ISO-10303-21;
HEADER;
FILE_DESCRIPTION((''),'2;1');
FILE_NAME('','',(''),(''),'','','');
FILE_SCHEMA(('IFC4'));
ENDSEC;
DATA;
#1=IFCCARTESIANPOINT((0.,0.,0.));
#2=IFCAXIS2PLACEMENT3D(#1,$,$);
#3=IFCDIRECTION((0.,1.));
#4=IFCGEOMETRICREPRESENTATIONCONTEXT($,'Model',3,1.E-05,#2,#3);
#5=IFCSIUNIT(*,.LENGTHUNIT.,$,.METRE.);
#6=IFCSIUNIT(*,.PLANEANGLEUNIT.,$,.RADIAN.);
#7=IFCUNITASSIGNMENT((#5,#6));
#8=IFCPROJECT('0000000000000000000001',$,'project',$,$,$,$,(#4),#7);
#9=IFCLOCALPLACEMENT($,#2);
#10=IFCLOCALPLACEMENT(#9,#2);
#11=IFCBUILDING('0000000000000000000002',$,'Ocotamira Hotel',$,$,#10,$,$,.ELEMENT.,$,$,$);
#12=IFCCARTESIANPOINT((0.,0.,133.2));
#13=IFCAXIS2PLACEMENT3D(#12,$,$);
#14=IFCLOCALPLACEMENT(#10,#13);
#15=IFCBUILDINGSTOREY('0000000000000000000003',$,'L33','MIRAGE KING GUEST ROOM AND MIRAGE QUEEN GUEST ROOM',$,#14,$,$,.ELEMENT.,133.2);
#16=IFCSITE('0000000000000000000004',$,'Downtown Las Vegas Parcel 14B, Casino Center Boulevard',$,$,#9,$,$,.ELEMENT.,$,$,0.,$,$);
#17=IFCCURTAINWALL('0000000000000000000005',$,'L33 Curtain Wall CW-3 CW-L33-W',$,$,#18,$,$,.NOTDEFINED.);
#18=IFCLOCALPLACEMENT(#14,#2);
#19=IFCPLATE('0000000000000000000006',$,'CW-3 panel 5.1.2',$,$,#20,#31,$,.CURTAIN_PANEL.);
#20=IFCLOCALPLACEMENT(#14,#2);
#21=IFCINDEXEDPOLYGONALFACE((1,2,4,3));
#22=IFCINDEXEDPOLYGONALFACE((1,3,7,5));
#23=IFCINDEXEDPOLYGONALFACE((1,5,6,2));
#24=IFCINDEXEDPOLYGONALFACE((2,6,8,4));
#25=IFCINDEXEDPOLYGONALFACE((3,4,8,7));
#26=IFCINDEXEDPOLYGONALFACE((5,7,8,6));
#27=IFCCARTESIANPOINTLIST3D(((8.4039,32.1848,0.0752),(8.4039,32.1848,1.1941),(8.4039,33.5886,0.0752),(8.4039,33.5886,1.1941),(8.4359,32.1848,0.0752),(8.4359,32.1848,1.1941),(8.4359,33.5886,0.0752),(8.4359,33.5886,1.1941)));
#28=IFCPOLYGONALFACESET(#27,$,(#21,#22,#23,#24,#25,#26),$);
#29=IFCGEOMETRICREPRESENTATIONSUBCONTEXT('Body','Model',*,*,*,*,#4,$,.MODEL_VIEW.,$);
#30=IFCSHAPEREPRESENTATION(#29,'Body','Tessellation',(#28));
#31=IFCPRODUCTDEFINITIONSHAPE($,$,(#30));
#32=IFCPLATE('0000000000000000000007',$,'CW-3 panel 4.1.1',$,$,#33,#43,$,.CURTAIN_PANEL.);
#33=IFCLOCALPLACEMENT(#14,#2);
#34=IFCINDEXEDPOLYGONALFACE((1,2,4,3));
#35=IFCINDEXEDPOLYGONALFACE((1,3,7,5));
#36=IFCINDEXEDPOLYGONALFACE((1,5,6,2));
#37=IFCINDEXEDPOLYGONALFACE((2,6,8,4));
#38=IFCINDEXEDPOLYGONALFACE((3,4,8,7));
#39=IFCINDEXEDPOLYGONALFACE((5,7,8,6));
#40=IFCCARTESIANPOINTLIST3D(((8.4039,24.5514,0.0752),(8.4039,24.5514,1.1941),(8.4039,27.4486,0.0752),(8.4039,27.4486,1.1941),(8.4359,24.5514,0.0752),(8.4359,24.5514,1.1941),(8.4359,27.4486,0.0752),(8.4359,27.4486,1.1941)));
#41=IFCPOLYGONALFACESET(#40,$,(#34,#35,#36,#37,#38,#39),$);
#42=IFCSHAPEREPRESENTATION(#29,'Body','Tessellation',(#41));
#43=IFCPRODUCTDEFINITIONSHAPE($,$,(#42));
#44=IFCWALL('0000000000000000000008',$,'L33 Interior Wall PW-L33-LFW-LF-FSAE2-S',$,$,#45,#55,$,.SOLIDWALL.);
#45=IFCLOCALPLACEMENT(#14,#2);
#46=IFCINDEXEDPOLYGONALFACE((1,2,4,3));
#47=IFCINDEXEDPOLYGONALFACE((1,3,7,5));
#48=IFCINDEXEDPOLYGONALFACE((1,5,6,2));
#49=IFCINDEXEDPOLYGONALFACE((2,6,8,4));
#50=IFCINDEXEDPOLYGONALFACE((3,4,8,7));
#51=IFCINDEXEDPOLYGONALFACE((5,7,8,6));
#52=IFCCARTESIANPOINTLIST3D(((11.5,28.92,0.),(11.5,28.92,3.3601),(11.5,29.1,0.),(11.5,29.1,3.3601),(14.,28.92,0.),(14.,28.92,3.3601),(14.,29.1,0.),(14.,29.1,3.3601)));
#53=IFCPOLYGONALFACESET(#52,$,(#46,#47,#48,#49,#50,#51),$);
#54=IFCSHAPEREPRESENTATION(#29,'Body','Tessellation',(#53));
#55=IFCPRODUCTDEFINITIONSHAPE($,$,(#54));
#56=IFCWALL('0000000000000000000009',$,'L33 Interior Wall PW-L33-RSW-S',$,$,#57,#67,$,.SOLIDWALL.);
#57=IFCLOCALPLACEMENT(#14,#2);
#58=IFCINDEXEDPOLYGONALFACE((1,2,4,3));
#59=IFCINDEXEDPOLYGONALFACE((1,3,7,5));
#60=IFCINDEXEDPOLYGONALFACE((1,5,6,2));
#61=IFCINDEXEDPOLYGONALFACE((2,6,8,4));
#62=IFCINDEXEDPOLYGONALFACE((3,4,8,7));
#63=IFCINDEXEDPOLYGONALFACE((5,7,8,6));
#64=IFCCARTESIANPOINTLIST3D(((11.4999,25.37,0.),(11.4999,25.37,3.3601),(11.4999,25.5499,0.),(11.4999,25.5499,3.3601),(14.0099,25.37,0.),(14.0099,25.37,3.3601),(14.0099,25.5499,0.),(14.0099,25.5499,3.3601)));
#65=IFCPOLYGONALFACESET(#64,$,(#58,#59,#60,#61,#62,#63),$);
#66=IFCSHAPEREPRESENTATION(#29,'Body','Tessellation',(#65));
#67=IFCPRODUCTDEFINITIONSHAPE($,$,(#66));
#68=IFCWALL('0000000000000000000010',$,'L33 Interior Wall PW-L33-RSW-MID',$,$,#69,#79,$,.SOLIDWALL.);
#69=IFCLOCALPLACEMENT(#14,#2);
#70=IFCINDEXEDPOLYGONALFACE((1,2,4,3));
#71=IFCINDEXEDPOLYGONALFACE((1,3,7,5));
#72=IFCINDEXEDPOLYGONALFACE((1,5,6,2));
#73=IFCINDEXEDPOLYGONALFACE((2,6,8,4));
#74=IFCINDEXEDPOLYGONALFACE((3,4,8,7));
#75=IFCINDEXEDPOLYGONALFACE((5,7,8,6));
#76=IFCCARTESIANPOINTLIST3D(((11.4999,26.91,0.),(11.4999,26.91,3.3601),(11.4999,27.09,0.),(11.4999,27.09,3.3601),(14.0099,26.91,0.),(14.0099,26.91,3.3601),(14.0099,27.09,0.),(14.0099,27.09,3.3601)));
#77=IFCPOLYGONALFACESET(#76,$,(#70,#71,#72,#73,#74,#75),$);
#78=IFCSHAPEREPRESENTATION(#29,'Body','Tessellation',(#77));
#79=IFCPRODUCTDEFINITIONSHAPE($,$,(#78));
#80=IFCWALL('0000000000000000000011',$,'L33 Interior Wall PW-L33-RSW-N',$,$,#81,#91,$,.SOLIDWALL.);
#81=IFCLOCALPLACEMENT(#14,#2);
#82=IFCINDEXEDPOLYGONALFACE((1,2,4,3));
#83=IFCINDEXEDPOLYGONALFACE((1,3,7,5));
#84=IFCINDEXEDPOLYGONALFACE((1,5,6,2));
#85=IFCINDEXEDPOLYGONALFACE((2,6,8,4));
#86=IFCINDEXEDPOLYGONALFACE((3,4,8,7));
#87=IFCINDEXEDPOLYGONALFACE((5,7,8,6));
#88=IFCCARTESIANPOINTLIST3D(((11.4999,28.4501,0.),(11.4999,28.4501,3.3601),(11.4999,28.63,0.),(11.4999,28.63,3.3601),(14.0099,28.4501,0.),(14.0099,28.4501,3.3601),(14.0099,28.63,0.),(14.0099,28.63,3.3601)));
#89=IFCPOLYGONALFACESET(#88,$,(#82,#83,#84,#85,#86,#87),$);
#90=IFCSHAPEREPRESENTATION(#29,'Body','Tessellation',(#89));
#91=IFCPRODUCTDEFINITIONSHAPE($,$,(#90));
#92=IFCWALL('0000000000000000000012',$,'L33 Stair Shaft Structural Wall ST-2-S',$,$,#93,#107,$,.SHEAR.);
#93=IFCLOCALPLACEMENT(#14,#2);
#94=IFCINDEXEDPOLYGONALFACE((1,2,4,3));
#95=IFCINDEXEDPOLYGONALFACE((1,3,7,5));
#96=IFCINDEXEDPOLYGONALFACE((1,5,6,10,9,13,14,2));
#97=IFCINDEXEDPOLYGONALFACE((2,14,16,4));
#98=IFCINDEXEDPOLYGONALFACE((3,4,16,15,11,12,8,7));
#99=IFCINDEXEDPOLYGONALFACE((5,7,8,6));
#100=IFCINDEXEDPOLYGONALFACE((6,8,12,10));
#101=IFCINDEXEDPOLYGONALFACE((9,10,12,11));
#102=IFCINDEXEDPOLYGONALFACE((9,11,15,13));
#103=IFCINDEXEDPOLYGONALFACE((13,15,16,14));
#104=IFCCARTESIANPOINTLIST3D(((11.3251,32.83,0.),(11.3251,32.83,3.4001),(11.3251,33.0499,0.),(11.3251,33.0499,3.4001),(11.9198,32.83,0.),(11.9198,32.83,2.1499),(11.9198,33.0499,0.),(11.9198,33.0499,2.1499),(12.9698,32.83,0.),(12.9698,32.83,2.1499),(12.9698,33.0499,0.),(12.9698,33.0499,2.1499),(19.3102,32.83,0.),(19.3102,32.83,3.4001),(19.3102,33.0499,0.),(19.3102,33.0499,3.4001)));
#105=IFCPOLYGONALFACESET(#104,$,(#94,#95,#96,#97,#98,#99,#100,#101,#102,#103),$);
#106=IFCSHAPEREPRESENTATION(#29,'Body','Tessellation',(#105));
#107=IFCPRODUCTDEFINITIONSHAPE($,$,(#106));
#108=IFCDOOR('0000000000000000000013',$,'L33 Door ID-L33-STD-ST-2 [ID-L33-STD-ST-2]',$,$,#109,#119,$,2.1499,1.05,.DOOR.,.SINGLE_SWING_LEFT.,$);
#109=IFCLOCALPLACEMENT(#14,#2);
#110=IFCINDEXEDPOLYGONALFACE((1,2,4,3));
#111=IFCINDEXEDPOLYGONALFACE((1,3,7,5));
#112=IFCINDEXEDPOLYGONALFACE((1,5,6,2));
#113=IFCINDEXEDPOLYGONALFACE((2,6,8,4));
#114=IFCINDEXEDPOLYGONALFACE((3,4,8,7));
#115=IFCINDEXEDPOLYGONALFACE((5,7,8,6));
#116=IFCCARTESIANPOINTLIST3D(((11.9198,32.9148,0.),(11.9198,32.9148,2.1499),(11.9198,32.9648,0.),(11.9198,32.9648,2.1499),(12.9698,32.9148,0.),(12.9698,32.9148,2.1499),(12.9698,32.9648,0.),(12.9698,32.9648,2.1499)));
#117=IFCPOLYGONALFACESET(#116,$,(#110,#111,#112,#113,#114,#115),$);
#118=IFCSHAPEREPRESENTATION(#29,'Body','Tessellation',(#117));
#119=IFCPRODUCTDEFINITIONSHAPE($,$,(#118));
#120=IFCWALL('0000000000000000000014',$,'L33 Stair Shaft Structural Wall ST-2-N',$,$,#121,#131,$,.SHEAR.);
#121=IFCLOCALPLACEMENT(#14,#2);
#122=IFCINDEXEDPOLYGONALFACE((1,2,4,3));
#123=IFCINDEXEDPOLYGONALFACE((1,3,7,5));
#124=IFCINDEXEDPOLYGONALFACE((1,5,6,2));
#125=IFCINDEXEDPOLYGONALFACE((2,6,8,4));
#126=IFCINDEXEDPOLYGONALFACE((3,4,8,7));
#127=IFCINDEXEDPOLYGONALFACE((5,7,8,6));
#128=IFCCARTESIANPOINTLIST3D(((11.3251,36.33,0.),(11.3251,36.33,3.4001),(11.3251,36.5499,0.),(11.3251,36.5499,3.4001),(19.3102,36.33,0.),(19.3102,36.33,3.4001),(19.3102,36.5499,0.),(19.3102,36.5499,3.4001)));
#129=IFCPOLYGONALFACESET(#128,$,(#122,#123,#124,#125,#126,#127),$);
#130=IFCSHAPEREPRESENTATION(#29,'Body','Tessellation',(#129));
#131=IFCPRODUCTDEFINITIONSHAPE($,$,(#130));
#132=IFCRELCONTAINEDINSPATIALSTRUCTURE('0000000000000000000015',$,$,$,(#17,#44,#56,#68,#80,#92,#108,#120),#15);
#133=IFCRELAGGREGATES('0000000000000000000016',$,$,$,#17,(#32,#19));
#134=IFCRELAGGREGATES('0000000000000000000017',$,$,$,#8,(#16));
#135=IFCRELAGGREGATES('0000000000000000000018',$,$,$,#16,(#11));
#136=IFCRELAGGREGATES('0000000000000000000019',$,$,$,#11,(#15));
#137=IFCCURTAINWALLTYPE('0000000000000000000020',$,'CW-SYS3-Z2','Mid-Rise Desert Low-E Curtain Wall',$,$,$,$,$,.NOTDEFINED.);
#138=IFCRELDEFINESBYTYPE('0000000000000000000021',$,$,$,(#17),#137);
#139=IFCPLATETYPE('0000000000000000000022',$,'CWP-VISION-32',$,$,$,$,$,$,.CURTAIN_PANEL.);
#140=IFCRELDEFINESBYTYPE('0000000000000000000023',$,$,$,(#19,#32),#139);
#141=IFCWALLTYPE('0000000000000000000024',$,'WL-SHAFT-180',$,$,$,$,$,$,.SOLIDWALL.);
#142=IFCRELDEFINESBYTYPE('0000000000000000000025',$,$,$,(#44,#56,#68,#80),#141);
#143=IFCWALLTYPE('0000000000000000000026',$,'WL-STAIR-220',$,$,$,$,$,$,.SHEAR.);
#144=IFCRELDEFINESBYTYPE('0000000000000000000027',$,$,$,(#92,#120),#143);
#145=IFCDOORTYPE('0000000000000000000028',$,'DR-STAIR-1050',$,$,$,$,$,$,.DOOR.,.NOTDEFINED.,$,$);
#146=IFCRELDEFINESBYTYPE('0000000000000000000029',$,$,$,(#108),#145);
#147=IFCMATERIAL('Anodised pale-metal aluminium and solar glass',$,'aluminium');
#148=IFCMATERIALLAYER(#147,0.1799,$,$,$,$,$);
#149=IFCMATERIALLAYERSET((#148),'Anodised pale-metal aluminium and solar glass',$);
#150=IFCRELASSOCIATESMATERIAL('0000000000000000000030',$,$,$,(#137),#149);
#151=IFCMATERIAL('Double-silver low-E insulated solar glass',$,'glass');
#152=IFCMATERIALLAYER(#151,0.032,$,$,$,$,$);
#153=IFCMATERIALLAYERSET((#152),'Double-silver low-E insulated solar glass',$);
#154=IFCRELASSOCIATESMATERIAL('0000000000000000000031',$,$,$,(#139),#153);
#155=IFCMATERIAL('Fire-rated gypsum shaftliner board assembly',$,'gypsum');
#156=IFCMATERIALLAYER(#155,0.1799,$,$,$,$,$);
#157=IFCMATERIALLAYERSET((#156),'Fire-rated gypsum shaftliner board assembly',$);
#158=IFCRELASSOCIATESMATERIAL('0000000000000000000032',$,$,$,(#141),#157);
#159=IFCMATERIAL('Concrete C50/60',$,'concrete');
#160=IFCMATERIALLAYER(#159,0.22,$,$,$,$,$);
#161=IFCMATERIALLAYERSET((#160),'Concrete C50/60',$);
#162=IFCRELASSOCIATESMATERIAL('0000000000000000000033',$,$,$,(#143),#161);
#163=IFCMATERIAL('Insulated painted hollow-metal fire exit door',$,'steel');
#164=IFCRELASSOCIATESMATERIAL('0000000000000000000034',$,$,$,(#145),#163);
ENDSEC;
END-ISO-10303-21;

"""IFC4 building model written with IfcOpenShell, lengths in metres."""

from ifc_helpers import new_model, si_unit, direction, frame, frame_2d, origin, origin_2d, place, context, subcontext, project, spatial, rectangle, extrude, source, transform, mapped, material, layer, layer_set, type_object, element, fill, aggregate, save


model = new_model("IFC4")

# Units and contexts
model_context = context("Model", 3, precision=1e-05, world=origin(), true_north=direction((0.0, 1.0)))
body_context = subcontext(model_context, "Body", "Model", "MODEL_VIEW")
ifc_project = project(units=[si_unit("LENGTHUNIT", "METRE"), si_unit("PLANEANGLEUNIT", "RADIAN")], contexts=[model_context])

# Site, building, storey
site_placement = place(None, origin())
site = spatial("IfcSite", under=ifc_project, at=site_placement, Name="Downtown Las Vegas Parcel 14B, Casino Center Boulevard", CompositionType="ELEMENT", RefElevation=0.0)
building_placement = place(site_placement, origin())
building = spatial("IfcBuilding", under=site, at=building_placement, Name="Ocotamira Hotel", CompositionType="ELEMENT")
storey_placement = place(building_placement, frame((0.0, 0.0, 133.2)))
storey = spatial("IfcBuildingStorey", under=building, at=storey_placement, Name="L33", Description="MIRAGE KING GUEST ROOM AND MIRAGE QUEEN GUEST ROOM", CompositionType="ELEMENT", Elevation=133.2)

# Curtain wall
ifc_material_1 = material(Name="Anodised pale-metal aluminium and solar glass", Category="aluminium")
ifc_layer_1 = layer(ifc_material_1, 0.1799)
ifc_layer_set_1 = layer_set([ifc_layer_1], Name="Anodised pale-metal aluminium and solar glass")
curtain_wall_type = type_object("IfcCurtainWallType", Name="CW-SYS3-Z2", Description="Mid-Rise Desert Low-E Curtain Wall", PredefinedType="NOTDEFINED", material=ifc_layer_set_1)
curtain_wall_placement = place(storey_placement, origin())
curtain_wall = element("IfcCurtainWall", 1, at=curtain_wall_placement, inside=storey, type_object=curtain_wall_type, Name="L33 Curtain Wall CW-3 CW-L33-W", PredefinedType="NOTDEFINED")

# Plates
ifc_material_2 = material(Name="Double-silver low-E insulated solar glass", Category="glass")
ifc_layer_2 = layer(ifc_material_2, 0.032)
ifc_layer_set_2 = layer_set([ifc_layer_2], Name="Double-silver low-E insulated solar glass")
plate_type_1 = type_object("IfcPlateType", Name="CWP-VISION-32", PredefinedType="CURTAIN_PANEL", material=ifc_layer_set_2)
shared_shape_1 = source(origin(), body_context, "Body", "SweptSolid", [
    extrude(rectangle(XDim=1.4038, YDim=0.032, at=origin_2d()), origin(), (0.0, 0.0, 1.0), 1.1189),
])
plate_1_placement = place(storey_placement, frame((8.4199, 32.8867, 0.0752), z_axis=(0.0, 0.0, 1.0), x_axis=(0.0, 1.0, 0.0)))
plate_1 = element("IfcPlate", 2, at=plate_1_placement, type_object=plate_type_1, Name="CW-3 panel 5.1.2", PredefinedType="CURTAIN_PANEL", context=body_context, shape_type="MappedRepresentation", body=[
    mapped(shared_shape_1, transform((0.0, 0.0, 0.0), scale=1.0)),
])
shared_shape_2 = source(origin(), body_context, "Body", "SweptSolid", [
    extrude(rectangle(XDim=2.8972, YDim=0.032, at=origin_2d()), origin(), (0.0, 0.0, 1.0), 1.1189),
])
plate_2_placement = place(storey_placement, frame((8.4199, 26.0, 0.0752), z_axis=(0.0, 0.0, 1.0), x_axis=(0.0, 1.0, 0.0)))
plate_2 = element("IfcPlate", 3, at=plate_2_placement, type_object=plate_type_1, Name="CW-3 panel 4.1.1", PredefinedType="CURTAIN_PANEL", context=body_context, shape_type="MappedRepresentation", body=[
    mapped(shared_shape_2, transform((0.0, 0.0, 0.0), scale=1.0)),
])
aggregate(curtain_wall, [plate_2, plate_1])

# Walls
ifc_material_3 = material(Name="Fire-rated gypsum shaftliner board assembly", Category="gypsum")
ifc_layer_3 = layer(ifc_material_3, 0.1799)
ifc_layer_set_3 = layer_set([ifc_layer_3], Name="Fire-rated gypsum shaftliner board assembly")
wall_type_1 = type_object("IfcWallType", Name="WL-SHAFT-180", PredefinedType="SOLIDWALL", material=ifc_layer_set_3)
wall_1_placement = place(storey_placement, frame((11.5, 29.01, 0.0), z_axis=(0.0, 0.0, 1.0), x_axis=(1.0, 0.0, 0.0)))
element("IfcWall", 4, at=wall_1_placement, inside=storey, type_object=wall_type_1, Name="L33 Interior Wall PW-L33-LFW-LF-FSAE2-S", PredefinedType="SOLIDWALL", context=body_context, shape_type="SweptSolid", body=[
    extrude(rectangle(XDim=2.5, YDim=0.1799, at=frame_2d((1.25, 0.0))), origin(), (0.0, 0.0, 1.0), 3.3601),
])
for number, where, z_axis, x_axis, name in (
    (5, (11.5, 25.46, 0.0), (0.0, 0.0, 1.0), (1.0, 0.0, 0.0), "L33 Interior Wall PW-L33-RSW-S"),
    (6, (11.5, 27.0, 0.0), (0.0, 0.0, 1.0), (1.0, 0.0, 0.0), "L33 Interior Wall PW-L33-RSW-MID"),
    (7, (11.5, 28.54, 0.0), (0.0, 0.0, 1.0), (1.0, 0.0, 0.0), "L33 Interior Wall PW-L33-RSW-N"),
):
    element("IfcWall", number, at=place(storey_placement, frame(where, z_axis=z_axis, x_axis=x_axis)), inside=storey, type_object=wall_type_1, Name=name, PredefinedType="SOLIDWALL", context=body_context, shape_type="SweptSolid", body=[
        extrude(rectangle(XDim=2.51, YDim=0.1799, at=frame_2d((1.2549, 0.0))), origin(), (0.0, 0.0, 1.0), 3.3601),
    ])

# Wall, opening, door
ifc_material_4 = material(Name="Concrete C50/60", Category="concrete")
ifc_layer_4 = layer(ifc_material_4, 0.22)
ifc_layer_set_4 = layer_set([ifc_layer_4], Name="Concrete C50/60")
wall_type_2 = type_object("IfcWallType", Name="WL-STAIR-220", PredefinedType="SHEAR", material=ifc_layer_set_4)
wall_2_placement = place(storey_placement, frame((11.325, 32.9399, 0.0), z_axis=(0.0, 0.0, 1.0), x_axis=(1.0, 0.0, 0.0)))
wall_2 = element("IfcWall", 8, at=wall_2_placement, inside=storey, type_object=wall_type_2, Name="L33 Stair Shaft Structural Wall ST-2-S", PredefinedType="SHEAR", context=body_context, shape_type="SweptSolid", body=[
    extrude(rectangle(XDim=7.9851, YDim=0.22, at=frame_2d((3.9927, 0.0))), origin(), (0.0, 0.0, 1.0), 3.4001),
])
opening_1_placement = place(wall_2_placement, frame((0.595, 0.0, 0.0)))
opening_1 = element("IfcOpeningElement", 9, at=opening_1_placement, cuts=wall_2, PredefinedType="OPENING", context=body_context, shape_type="SweptSolid", body=[
    extrude(rectangle(XDim=1.05, YDim=2.1499, at=frame_2d((0.5249, 1.075))), frame((0.0, 0.1201, 0.0), z_axis=(0.0, -1.0, 0.0), x_axis=(1.0, 0.0, 0.0)), (0.0, 0.0, 1.0), 0.24),
])
ifc_material_5 = material(Name="Insulated painted hollow-metal fire exit door", Category="steel")
door_type_1 = type_object("IfcDoorType", Name="DR-STAIR-1050", OperationType="NOTDEFINED", PredefinedType="DOOR", material=ifc_material_5)
shared_shape_3 = source(origin(), body_context, "Body", "SweptSolid", [
    extrude(rectangle(XDim=1.05, YDim=2.1499, at=frame_2d((0.5249, 1.075))), frame((0.0, 0.0249, 0.0), z_axis=(0.0, -1.0, 0.0), x_axis=(1.0, 0.0, 0.0)), (0.0, 0.0, 1.0), 0.05),
])
door_1_placement = place(opening_1_placement, origin())
door_1 = element("IfcDoor", 10, at=door_1_placement, inside=storey, type_object=door_type_1, Name="L33 Door ID-L33-STD-ST-2 [ID-L33-STD-ST-2]", OperationType="SINGLE_SWING_LEFT", OverallHeight=2.1499, OverallWidth=1.05, PredefinedType="DOOR", context=body_context, shape_type="MappedRepresentation", body=[
    mapped(shared_shape_3, transform((0.0, 0.0, 0.0), scale=1.0)),
])
fill(opening_1, door_1)

# Wall
wall_3_placement = place(storey_placement, frame((11.325, 36.4399, 0.0), z_axis=(0.0, 0.0, 1.0), x_axis=(1.0, 0.0, 0.0)))
element("IfcWall", 11, at=wall_3_placement, inside=storey, type_object=wall_type_2, Name="L33 Stair Shaft Structural Wall ST-2-N", PredefinedType="SHEAR", context=body_context, shape_type="SweptSolid", body=[
    extrude(rectangle(XDim=7.9851, YDim=0.22, at=frame_2d((3.9927, 0.0))), origin(), (0.0, 0.0, 1.0), 3.4001),
])

save(model, "model.ifc")
